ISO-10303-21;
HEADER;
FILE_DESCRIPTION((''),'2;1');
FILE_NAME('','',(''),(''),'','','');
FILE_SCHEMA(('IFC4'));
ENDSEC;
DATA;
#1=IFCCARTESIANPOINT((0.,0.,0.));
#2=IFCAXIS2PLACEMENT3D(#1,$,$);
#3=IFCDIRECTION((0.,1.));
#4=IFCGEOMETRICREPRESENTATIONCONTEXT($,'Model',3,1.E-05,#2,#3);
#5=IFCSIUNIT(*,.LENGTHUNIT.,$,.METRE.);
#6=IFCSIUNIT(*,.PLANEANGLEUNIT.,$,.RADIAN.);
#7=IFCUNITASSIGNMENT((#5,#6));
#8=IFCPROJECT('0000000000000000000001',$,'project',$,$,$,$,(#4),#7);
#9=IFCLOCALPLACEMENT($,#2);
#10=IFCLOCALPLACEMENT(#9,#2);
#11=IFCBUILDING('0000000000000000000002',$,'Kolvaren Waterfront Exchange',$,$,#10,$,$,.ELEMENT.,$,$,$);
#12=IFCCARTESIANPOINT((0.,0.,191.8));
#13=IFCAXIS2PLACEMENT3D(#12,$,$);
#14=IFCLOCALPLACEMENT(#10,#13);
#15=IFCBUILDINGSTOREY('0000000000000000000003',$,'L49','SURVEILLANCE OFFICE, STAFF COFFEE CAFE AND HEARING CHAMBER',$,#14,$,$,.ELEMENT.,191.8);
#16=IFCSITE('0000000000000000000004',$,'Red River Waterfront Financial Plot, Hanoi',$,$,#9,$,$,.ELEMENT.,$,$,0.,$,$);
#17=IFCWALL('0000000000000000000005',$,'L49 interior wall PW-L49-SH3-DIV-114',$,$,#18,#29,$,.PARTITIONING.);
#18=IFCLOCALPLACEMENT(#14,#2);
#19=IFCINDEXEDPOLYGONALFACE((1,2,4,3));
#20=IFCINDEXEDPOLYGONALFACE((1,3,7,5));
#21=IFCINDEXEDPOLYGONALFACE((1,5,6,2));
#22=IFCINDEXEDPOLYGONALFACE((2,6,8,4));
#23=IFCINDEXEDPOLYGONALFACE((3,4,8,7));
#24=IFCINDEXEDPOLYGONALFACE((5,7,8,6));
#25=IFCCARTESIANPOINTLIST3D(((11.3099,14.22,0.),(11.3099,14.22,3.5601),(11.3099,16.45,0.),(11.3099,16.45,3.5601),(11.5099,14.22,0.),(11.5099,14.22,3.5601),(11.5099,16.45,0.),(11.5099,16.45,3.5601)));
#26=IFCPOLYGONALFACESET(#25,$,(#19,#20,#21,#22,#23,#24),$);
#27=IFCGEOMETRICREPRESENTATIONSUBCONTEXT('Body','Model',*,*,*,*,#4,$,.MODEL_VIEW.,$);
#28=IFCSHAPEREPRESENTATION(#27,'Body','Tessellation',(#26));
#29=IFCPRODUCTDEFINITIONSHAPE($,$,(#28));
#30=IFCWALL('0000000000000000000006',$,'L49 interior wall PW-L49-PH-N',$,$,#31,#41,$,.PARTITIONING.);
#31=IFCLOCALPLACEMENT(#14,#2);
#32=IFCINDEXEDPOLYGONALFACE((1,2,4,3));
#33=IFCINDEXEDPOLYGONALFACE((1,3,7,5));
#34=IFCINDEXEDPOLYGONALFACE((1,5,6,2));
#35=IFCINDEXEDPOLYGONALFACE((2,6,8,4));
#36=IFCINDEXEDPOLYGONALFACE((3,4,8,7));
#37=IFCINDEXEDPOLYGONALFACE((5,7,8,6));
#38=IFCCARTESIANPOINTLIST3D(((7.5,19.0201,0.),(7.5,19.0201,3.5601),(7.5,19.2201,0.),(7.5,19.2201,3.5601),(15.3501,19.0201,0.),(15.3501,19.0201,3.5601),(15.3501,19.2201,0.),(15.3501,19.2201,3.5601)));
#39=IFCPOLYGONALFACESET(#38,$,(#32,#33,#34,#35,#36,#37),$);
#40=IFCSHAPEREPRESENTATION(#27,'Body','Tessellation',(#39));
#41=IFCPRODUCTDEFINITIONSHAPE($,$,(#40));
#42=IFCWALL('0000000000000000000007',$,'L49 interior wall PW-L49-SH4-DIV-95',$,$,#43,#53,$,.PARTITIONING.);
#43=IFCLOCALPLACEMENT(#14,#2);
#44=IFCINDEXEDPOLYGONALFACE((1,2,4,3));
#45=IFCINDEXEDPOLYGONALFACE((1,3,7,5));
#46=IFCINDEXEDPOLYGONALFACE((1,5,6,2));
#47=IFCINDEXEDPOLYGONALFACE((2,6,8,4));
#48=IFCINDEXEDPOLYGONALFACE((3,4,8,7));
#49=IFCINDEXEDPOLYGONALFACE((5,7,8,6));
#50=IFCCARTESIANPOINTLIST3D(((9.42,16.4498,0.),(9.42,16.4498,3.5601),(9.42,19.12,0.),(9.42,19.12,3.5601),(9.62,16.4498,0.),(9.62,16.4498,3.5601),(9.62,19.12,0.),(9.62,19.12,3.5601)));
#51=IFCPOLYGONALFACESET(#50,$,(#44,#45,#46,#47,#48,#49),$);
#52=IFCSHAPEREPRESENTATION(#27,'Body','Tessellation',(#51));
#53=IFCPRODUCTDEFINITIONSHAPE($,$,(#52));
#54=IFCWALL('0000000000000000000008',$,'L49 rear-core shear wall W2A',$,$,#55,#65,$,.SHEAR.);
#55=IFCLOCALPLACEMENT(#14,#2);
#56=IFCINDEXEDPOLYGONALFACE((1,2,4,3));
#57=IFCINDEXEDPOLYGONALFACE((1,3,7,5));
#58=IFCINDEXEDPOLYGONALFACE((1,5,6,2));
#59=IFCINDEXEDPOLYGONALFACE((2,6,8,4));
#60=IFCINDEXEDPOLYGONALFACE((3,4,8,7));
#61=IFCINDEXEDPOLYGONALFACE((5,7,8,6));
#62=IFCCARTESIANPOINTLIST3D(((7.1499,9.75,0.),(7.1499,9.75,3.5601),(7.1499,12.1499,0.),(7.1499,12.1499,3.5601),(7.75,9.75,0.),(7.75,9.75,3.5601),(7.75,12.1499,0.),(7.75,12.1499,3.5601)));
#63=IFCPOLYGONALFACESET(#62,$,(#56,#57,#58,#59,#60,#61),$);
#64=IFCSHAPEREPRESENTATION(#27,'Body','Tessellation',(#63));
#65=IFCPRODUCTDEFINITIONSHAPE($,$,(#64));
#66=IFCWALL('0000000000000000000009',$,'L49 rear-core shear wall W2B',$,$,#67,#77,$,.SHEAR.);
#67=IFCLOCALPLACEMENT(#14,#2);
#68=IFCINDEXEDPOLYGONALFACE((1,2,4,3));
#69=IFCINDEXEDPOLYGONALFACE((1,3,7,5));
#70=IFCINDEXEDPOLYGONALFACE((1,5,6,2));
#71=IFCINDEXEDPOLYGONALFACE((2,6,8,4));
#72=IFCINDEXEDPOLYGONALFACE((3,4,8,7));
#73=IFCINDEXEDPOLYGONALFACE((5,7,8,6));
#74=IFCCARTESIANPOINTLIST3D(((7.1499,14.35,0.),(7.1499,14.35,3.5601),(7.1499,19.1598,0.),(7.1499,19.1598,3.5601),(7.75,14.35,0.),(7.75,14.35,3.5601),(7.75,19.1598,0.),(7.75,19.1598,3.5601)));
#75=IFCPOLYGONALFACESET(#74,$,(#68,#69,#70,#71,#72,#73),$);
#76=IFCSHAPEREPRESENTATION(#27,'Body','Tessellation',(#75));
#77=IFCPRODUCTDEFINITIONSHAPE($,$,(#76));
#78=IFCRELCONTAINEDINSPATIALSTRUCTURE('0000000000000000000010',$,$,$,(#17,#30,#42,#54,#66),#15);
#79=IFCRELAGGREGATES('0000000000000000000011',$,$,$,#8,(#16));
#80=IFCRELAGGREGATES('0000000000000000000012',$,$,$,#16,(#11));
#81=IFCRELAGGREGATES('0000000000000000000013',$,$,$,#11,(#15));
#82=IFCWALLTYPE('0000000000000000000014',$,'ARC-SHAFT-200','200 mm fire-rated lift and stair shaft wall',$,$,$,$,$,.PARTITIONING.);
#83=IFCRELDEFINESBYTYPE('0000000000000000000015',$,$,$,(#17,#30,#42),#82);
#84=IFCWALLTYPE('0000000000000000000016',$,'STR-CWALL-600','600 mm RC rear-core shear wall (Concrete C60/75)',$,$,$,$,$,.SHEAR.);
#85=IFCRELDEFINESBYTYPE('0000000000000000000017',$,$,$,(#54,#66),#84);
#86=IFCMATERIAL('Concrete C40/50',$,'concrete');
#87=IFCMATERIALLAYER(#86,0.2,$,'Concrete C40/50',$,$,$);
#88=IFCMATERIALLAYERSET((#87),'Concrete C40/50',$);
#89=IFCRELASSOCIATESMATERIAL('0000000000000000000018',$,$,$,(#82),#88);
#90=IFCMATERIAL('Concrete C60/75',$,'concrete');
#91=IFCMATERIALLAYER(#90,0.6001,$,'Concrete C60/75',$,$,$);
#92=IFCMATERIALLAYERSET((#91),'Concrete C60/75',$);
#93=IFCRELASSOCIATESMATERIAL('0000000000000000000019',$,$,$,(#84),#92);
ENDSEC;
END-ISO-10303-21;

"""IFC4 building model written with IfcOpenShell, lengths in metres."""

from ifc_helpers import new_model, si_unit, direction, frame, frame_2d, origin, place, context, subcontext, project, spatial, rectangle, extrude, material, layer, layer_set, type_object, element, save


model = new_model("IFC4")

# Units and contexts
model_context = context("Model", 3, precision=1e-05, world=origin(), true_north=direction((0.0, 1.0)))
body_context = subcontext(model_context, "Body", "Model", "MODEL_VIEW")
ifc_project = project(units=[si_unit("LENGTHUNIT", "METRE"), si_unit("PLANEANGLEUNIT", "RADIAN")], contexts=[model_context])

# Site, building, storey
site_placement = place(None, origin())
site = spatial("IfcSite", under=ifc_project, at=site_placement, Name="Red River Waterfront Financial Plot, Hanoi", CompositionType="ELEMENT", RefElevation=0.0)
building_placement = place(site_placement, origin())
building = spatial("IfcBuilding", under=site, at=building_placement, Name="Kolvaren Waterfront Exchange", CompositionType="ELEMENT")
storey_placement = place(building_placement, frame((0.0, 0.0, 191.8)))
storey = spatial("IfcBuildingStorey", under=building, at=storey_placement, Name="L49", Description="SURVEILLANCE OFFICE, STAFF COFFEE CAFE AND HEARING CHAMBER", CompositionType="ELEMENT", Elevation=191.8)

# Shared definitions
ifc_material_1 = material(Name="Concrete C60/75", Category="concrete")

# Shared definitions
ifc_material_2 = material(Name="Concrete C40/50", Category="concrete")
ifc_layer_1 = layer(ifc_material_2, 0.2, Name="Concrete C40/50")
ifc_layer_set_1 = layer_set([ifc_layer_1], Name="Concrete C40/50")
wall_type_1 = type_object("IfcWallType", Name="ARC-SHAFT-200", Description="200 mm fire-rated lift and stair shaft wall", PredefinedType="PARTITIONING", material=ifc_layer_set_1)

# Walls
for number, where, z_axis, x_axis, name in (
    (1, (11.4099, 14.22, 0.0), (0.0, 0.0, 1.0), (0.0, 1.0, 0.0), "L49 interior wall PW-L49-SH3-DIV-114"),
):
    element("IfcWall", number, at=place(storey_placement, frame(where, z_axis=z_axis, x_axis=x_axis)), inside=storey, type_object=wall_type_1, Name=name, PredefinedType="PARTITIONING", context=body_context, shape_type="SweptSolid", body=[
        extrude(rectangle(XDim=2.23, YDim=0.2, at=frame_2d((1.115, 0.0))), origin(), (0.0, 0.0, 1.0), 3.5601),
    ])
wall_1_placement = place(storey_placement, frame((7.5, 19.1201, 0.0), z_axis=(0.0, 0.0, 1.0), x_axis=(1.0, 0.0, 0.0)))
element("IfcWall", 2, at=wall_1_placement, inside=storey, type_object=wall_type_1, Name="L49 interior wall PW-L49-PH-N", PredefinedType="PARTITIONING", context=body_context, shape_type="SweptSolid", body=[
    extrude(rectangle(XDim=7.8501, YDim=0.2, at=frame_2d((3.925, 0.0))), origin(), (0.0, 0.0, 1.0), 3.5601),
])
wall_2_placement = place(storey_placement, frame((9.52, 16.45, 0.0), z_axis=(0.0, 0.0, 1.0), x_axis=(0.0, 1.0, 0.0)))
element("IfcWall", 3, at=wall_2_placement, inside=storey, type_object=wall_type_1, Name="L49 interior wall PW-L49-SH4-DIV-95", PredefinedType="PARTITIONING", context=body_context, shape_type="SweptSolid", body=[
    extrude(rectangle(XDim=2.6702, YDim=0.2, at=frame_2d((1.335, 0.0))), origin(), (0.0, 0.0, 1.0), 3.5601),
])
ifc_layer_2 = layer(ifc_material_1, 0.6001, Name="Concrete C60/75")
ifc_layer_set_2 = layer_set([ifc_layer_2], Name="Concrete C60/75")
wall_type_2 = type_object("IfcWallType", Name="STR-CWALL-600", Description="600 mm RC rear-core shear wall (Concrete C60/75)", PredefinedType="SHEAR", material=ifc_layer_set_2)
wall_3_placement = place(storey_placement, frame((7.45, 9.75, 0.0), z_axis=(0.0, 0.0, 1.0), x_axis=(0.0, 1.0, 0.0)))
element("IfcWall", 4, at=wall_3_placement, inside=storey, type_object=wall_type_2, Name="L49 rear-core shear wall W2A", PredefinedType="SHEAR", context=body_context, shape_type="SweptSolid", body=[
    extrude(rectangle(XDim=2.3999, YDim=0.6001, at=frame_2d((1.2, 0.0))), origin(), (0.0, 0.0, 1.0), 3.5601),
])
wall_4_placement = place(storey_placement, frame((7.45, 14.3501, 0.0), z_axis=(0.0, 0.0, 1.0), x_axis=(0.0, 1.0, 0.0)))
element("IfcWall", 5, at=wall_4_placement, inside=storey, type_object=wall_type_2, Name="L49 rear-core shear wall W2B", PredefinedType="SHEAR", context=body_context, shape_type="SweptSolid", body=[
    extrude(rectangle(XDim=4.8098, YDim=0.6001, at=frame_2d((2.4048, 0.0))), origin(), (0.0, 0.0, 1.0), 3.5601),
])

save(model, "model.ifc")
